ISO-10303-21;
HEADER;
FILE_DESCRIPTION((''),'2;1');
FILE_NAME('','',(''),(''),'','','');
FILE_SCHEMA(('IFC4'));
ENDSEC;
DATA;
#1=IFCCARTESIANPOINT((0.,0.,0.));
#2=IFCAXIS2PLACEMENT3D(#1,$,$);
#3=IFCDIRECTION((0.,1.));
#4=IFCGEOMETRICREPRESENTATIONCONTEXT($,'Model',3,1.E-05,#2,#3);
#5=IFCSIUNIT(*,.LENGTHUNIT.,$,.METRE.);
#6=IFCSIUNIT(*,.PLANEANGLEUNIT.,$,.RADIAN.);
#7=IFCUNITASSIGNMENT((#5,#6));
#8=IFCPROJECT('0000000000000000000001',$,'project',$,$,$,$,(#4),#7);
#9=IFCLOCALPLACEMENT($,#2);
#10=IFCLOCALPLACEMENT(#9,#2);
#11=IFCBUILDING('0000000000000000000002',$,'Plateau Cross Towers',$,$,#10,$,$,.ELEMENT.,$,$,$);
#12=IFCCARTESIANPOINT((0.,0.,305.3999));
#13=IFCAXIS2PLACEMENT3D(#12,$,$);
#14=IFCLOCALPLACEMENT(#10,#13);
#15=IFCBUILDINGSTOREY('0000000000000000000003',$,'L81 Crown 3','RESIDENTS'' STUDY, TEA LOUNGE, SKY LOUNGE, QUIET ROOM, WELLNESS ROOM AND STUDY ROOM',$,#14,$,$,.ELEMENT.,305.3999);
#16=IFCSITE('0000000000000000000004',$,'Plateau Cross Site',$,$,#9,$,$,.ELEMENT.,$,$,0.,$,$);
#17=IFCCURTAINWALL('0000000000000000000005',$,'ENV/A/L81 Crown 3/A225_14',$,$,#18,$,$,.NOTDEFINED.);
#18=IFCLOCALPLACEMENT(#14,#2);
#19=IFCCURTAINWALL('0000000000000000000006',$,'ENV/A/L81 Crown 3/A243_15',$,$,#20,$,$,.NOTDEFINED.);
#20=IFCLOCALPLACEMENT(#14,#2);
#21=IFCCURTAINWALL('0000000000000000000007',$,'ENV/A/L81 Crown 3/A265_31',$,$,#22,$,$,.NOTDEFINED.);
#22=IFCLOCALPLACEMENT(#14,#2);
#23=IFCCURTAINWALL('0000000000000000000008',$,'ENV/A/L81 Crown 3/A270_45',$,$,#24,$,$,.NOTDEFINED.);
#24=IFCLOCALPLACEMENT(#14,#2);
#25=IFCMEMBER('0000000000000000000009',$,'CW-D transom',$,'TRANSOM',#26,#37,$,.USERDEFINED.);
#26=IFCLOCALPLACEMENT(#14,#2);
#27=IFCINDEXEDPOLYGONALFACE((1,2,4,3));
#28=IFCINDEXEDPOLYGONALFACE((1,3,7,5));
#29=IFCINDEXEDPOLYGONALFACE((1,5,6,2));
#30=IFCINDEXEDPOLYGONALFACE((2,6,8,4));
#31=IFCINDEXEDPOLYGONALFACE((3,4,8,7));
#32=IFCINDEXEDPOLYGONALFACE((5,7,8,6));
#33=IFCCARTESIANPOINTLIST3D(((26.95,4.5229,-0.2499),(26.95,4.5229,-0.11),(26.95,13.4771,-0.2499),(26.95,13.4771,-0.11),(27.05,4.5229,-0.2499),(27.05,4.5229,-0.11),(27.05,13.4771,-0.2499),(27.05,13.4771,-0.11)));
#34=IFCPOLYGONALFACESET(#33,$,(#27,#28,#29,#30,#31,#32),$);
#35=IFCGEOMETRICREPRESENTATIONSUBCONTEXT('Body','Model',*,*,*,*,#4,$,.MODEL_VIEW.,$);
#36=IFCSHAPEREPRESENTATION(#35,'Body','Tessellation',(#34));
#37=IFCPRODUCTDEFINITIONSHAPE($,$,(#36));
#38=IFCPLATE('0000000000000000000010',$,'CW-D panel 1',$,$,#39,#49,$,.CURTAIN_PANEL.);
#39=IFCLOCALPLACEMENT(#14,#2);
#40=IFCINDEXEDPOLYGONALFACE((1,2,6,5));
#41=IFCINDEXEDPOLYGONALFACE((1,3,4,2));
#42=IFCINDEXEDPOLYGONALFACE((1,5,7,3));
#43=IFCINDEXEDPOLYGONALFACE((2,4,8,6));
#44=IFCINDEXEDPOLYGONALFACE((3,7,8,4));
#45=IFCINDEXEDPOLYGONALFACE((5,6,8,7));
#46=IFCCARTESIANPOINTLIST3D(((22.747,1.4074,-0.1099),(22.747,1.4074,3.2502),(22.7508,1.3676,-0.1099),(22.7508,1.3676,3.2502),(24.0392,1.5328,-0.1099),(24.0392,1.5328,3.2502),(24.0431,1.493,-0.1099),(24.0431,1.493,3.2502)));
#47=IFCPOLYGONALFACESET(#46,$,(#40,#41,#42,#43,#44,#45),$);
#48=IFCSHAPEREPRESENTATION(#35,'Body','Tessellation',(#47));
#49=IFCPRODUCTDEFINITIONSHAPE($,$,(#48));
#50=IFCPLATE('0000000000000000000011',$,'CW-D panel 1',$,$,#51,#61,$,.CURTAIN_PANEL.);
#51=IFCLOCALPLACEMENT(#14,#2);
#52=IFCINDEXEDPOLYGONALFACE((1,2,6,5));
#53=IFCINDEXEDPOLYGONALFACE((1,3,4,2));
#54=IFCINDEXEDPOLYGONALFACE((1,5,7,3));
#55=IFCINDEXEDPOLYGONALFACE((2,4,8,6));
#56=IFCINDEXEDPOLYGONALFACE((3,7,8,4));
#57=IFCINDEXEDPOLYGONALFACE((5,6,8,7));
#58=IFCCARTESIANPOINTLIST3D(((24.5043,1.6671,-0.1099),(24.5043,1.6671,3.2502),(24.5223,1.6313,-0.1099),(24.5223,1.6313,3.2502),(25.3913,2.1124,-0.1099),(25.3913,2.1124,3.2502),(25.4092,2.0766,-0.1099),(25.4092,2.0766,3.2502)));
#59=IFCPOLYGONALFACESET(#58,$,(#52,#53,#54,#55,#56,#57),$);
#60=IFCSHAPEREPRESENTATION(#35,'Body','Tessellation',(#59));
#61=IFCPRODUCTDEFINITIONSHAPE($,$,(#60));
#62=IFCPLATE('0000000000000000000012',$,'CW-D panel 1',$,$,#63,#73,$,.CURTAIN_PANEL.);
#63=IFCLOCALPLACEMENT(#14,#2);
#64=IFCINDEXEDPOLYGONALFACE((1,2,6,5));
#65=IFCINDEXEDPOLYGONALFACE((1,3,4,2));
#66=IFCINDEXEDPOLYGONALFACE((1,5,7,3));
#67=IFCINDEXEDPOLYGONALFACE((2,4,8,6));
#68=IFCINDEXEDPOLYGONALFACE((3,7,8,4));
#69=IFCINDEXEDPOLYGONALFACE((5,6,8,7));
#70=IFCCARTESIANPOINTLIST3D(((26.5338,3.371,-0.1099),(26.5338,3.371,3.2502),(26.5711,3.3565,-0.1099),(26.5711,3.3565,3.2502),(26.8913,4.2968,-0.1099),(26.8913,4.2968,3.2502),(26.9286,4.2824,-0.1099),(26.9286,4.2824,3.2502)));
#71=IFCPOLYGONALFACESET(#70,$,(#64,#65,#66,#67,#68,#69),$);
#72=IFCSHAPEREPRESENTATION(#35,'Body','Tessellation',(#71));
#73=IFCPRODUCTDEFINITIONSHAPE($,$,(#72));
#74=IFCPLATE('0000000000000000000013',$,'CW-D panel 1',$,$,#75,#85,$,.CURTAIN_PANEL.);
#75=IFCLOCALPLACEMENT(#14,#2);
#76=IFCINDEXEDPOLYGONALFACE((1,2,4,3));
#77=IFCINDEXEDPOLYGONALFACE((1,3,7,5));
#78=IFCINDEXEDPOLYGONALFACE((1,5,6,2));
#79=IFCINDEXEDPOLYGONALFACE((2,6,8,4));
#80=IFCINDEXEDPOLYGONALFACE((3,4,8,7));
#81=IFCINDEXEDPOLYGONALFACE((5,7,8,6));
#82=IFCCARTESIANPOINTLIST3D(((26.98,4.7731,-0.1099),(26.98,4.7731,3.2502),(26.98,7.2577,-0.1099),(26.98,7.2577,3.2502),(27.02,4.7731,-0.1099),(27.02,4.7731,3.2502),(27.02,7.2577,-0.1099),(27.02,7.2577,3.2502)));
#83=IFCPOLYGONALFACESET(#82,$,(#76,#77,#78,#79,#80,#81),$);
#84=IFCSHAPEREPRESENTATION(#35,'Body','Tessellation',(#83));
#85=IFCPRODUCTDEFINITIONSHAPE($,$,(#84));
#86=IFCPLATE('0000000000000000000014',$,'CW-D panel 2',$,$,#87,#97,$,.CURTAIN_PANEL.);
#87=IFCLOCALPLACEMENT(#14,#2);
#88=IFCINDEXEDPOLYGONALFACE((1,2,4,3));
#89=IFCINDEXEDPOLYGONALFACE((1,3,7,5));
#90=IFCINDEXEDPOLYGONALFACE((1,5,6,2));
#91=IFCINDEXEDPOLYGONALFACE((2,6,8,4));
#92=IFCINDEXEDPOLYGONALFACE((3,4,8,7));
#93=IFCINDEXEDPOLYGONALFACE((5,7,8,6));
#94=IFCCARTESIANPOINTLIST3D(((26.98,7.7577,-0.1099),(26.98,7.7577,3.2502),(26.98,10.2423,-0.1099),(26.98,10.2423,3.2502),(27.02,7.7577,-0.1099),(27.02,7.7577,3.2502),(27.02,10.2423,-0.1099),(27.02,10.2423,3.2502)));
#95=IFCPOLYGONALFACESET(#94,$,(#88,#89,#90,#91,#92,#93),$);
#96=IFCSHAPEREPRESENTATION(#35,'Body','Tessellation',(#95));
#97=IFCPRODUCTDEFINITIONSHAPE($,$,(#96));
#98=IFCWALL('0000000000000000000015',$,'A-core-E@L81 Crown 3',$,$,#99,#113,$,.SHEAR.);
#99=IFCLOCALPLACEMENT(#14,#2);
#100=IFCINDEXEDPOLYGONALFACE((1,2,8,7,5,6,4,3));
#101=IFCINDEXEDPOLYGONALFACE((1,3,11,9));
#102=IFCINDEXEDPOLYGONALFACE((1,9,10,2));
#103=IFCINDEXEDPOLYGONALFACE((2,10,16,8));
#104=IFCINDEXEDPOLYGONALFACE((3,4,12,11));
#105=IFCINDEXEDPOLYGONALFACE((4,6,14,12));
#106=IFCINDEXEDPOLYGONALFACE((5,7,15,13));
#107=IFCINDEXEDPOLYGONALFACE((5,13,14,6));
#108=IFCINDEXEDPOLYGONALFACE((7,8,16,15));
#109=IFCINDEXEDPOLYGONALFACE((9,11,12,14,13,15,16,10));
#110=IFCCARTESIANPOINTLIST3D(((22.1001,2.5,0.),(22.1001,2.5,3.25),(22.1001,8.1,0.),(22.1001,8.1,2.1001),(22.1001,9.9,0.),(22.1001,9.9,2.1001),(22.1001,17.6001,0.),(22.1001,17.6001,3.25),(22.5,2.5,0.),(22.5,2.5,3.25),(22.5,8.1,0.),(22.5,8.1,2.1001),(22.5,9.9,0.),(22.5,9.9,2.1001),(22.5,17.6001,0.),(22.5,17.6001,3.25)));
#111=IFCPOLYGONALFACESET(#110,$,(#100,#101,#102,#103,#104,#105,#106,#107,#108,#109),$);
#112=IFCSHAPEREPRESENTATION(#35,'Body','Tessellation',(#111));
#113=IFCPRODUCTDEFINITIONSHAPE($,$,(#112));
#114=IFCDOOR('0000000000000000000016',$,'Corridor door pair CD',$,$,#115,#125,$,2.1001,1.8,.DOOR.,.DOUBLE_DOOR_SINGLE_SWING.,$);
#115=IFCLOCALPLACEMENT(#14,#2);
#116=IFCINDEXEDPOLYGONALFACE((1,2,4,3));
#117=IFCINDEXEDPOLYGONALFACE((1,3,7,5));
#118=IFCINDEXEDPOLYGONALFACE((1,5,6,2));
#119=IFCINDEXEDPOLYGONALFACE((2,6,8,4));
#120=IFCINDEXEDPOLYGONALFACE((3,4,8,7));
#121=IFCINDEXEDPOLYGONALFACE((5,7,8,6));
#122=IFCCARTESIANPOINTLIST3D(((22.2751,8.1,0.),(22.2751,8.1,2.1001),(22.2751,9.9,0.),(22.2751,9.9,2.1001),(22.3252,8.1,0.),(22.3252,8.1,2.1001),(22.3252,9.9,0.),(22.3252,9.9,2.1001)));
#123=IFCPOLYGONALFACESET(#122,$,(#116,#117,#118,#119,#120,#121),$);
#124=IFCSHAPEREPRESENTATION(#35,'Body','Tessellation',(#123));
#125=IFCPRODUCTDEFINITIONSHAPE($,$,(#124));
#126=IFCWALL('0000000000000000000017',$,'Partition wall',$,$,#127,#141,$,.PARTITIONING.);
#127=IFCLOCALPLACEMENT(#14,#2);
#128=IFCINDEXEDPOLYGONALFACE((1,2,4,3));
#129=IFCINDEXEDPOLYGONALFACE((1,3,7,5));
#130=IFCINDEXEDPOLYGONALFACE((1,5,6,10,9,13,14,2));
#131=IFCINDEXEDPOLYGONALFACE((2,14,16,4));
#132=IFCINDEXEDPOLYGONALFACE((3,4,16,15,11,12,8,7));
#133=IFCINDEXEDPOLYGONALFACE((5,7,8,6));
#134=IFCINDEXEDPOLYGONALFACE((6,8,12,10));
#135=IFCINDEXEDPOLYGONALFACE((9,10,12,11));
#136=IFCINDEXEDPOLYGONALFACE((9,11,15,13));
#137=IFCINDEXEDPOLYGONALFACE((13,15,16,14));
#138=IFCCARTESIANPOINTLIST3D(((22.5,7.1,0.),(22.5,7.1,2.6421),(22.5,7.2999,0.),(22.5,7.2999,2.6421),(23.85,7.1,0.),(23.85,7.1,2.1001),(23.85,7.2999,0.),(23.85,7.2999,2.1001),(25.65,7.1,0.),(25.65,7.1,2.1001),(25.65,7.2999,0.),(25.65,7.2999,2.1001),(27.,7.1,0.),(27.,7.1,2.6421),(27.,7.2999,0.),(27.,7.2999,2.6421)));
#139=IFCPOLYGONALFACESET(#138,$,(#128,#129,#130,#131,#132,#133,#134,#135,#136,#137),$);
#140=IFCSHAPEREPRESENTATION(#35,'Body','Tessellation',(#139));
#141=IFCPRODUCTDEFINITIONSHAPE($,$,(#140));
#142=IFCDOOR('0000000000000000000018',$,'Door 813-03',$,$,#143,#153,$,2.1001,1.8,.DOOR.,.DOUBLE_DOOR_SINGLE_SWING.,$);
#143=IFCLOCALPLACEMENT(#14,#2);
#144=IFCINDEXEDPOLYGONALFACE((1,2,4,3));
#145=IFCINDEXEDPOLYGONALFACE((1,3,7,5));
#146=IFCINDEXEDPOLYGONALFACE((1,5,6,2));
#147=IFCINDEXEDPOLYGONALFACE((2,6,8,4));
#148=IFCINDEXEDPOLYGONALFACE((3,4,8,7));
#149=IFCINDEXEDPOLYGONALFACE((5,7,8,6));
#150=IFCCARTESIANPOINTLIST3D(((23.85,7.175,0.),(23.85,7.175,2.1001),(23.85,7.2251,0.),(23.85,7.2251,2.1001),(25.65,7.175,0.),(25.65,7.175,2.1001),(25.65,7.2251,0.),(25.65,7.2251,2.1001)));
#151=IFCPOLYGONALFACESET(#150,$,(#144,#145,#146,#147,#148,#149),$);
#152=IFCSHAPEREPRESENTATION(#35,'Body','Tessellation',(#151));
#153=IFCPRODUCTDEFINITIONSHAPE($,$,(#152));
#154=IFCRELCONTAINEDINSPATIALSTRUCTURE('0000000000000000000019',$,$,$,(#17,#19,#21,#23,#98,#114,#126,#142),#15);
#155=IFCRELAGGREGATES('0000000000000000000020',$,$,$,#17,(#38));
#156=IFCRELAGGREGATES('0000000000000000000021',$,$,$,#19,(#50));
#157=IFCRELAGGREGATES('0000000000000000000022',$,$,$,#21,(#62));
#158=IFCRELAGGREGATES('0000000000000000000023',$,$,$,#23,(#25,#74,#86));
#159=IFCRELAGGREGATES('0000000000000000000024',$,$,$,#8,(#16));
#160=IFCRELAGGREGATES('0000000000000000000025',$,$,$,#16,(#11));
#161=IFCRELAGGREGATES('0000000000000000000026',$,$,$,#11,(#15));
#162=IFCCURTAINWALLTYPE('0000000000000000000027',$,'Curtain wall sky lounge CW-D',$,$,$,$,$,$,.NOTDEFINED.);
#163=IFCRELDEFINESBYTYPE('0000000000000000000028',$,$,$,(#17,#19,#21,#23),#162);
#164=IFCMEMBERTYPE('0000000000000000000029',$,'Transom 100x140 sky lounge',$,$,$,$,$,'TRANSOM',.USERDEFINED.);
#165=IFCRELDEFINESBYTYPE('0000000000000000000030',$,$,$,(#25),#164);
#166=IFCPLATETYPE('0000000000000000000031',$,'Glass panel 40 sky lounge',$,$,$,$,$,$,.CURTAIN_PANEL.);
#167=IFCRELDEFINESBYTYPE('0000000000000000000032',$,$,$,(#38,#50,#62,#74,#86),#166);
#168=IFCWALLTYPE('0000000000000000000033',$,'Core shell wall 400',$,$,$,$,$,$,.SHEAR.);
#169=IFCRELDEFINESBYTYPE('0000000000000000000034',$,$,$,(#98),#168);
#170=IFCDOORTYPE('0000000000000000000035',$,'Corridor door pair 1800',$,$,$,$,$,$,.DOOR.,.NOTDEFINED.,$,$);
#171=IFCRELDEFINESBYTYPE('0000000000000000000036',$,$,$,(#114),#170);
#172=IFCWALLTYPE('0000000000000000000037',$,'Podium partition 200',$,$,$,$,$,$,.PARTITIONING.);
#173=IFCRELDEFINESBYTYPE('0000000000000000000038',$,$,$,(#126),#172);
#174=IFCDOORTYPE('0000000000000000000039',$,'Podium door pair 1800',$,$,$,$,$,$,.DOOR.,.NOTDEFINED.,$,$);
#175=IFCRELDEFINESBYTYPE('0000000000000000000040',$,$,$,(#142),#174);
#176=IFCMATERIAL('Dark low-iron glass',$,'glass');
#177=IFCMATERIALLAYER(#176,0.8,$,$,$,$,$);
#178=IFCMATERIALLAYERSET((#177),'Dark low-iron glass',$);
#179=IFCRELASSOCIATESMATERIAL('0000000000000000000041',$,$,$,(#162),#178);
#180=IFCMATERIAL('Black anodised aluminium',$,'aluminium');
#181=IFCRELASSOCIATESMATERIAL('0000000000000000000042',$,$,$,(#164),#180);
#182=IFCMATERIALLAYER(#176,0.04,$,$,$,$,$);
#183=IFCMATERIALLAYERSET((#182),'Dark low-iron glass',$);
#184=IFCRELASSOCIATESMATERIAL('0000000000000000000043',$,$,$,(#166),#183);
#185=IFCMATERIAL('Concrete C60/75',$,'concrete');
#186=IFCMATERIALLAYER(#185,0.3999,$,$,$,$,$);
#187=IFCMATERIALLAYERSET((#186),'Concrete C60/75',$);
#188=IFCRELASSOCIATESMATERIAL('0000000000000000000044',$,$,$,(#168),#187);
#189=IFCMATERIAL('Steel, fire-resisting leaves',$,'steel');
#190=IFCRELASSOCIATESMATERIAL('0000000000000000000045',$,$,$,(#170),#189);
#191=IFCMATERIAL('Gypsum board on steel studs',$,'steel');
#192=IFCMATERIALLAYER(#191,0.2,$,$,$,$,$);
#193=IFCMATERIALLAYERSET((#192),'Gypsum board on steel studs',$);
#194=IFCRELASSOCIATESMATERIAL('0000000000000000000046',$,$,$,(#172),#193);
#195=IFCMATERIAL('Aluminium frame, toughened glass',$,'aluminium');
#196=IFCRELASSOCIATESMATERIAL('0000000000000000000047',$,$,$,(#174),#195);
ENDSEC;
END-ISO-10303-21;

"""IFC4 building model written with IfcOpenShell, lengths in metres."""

from ifc_helpers import new_model, si_unit, direction, frame, frame_2d, origin, origin_2d, place, context, subcontext, project, spatial, rectangle, extrude, material, layer, layer_set, material_profile, profile_set, type_object, element, fill, aggregate, save


model = new_model("IFC4")

# Units and contexts
model_context = context("Model", 3, precision=1e-05, world=origin(), true_north=direction((0.0, 1.0)))
body_context = subcontext(model_context, "Body", "Model", "MODEL_VIEW")
ifc_project = project(units=[si_unit("LENGTHUNIT", "METRE"), si_unit("PLANEANGLEUNIT", "RADIAN")], contexts=[model_context])

# Site, building, storey
site_placement = place(None, origin())
site = spatial("IfcSite", under=ifc_project, at=site_placement, Name="Plateau Cross Site", CompositionType="ELEMENT", RefElevation=0.0)
building_placement = place(site_placement, origin())
building = spatial("IfcBuilding", under=site, at=building_placement, Name="Plateau Cross Towers", CompositionType="ELEMENT")
storey_placement = place(building_placement, frame((0.0, 0.0, 305.3999)))
storey = spatial("IfcBuildingStorey", under=building, at=storey_placement, Name="L81 Crown 3", Description="RESIDENTS' STUDY, TEA LOUNGE, SKY LOUNGE, QUIET ROOM, WELLNESS ROOM AND STUDY ROOM", CompositionType="ELEMENT", Elevation=305.3999)

# Shared definitions
ifc_material_1 = material(Name="Concrete C60/75", Category="concrete")

# Curtain wall
ifc_material_2 = material(Name="Dark low-iron glass", Category="glass")
ifc_layer_1 = layer(ifc_material_2, 0.8)
ifc_layer_set_1 = layer_set([ifc_layer_1], Name="Dark low-iron glass")
curtain_wall_type = type_object("IfcCurtainWallType", Name="Curtain wall sky lounge CW-D", PredefinedType="NOTDEFINED", material=ifc_layer_set_1)
curtain_wall_1_placement = place(storey_placement, origin())
curtain_wall_1 = element("IfcCurtainWall", 1, at=curtain_wall_1_placement, inside=storey, type_object=curtain_wall_type, Name="ENV/A/L81 Crown 3/A225_14", PredefinedType="NOTDEFINED")
ifc_material_3 = material(Name="Black anodised aluminium", Category="aluminium")

# Curtain wall
curtain_wall_2_placement = place(storey_placement, origin())
curtain_wall_2 = element("IfcCurtainWall", 2, at=curtain_wall_2_placement, inside=storey, type_object=curtain_wall_type, Name="ENV/A/L81 Crown 3/A243_15", PredefinedType="NOTDEFINED")

# Curtain wall
curtain_wall_3_placement = place(storey_placement, origin())
curtain_wall_3 = element("IfcCurtainWall", 3, at=curtain_wall_3_placement, inside=storey, type_object=curtain_wall_type, Name="ENV/A/L81 Crown 3/A265_31", PredefinedType="NOTDEFINED")

# Curtain wall
curtain_wall_4_placement = place(storey_placement, origin())
curtain_wall_4 = element("IfcCurtainWall", 4, at=curtain_wall_4_placement, inside=storey, type_object=curtain_wall_type, Name="ENV/A/L81 Crown 3/A270_45", PredefinedType="NOTDEFINED")

# Member
ifc_material_profile_1 = material_profile(ifc_material_3, rectangle(XDim=0.1001, YDim=0.1399, at=origin_2d()), Name="TRANSOM 100x140")
ifc_profile_set_1 = profile_set([ifc_material_profile_1], Name="Black anodised aluminium")
member_type_1 = type_object("IfcMemberType", Name="Transom 100x140 sky lounge", ElementType="TRANSOM", PredefinedType="USERDEFINED", material=ifc_profile_set_1)
member_1_placement = place(storey_placement, frame((27.0, 4.5229, -0.1799), z_axis=(0.0, 1.0, 0.0), x_axis=(-1.0, 0.0, 0.0)))
member_1 = element("IfcMember", 5, at=member_1_placement, type_object=member_type_1, Name="CW-D transom", ObjectType="TRANSOM", PredefinedType="USERDEFINED", context=body_context, shape_type="SweptSolid", body=[
    extrude(rectangle(XDim=0.1001, YDim=0.1399, at=origin_2d()), origin(), (0.0, 0.0, 1.0), 8.9541),
])

# Plates
ifc_layer_2 = layer(ifc_material_2, 0.04)
ifc_layer_set_2 = layer_set([ifc_layer_2], Name="Dark low-iron glass")
plate_type = type_object("IfcPlateType", Name="Glass panel 40 sky lounge", PredefinedType="CURTAIN_PANEL", material=ifc_layer_set_2)
plate_1_placement = place(storey_placement, frame((23.395, 1.4502, -0.1099), z_axis=(0.0, 0.0, 1.0), x_axis=(0.995323, 0.096606, 0.0)))
plate_1 = element("IfcPlate", 6, at=plate_1_placement, type_object=plate_type, Name="CW-D panel 1", PredefinedType="CURTAIN_PANEL", context=body_context, shape_type="SweptSolid", body=[
    extrude(rectangle(XDim=1.2983, YDim=0.04, at=origin_2d()), origin(), (0.0, 0.0, 1.0), 3.3601),
])
aggregate(curtain_wall_1, [plate_1])
plate_2_placement = place(storey_placement, frame((24.9568, 1.8718, -0.1099), z_axis=(0.0, 0.0, 1.0), x_axis=(0.893702, 0.448661, 0.0)))
plate_2 = element("IfcPlate", 7, at=plate_2_placement, type_object=plate_type, Name="CW-D panel 1", PredefinedType="CURTAIN_PANEL", context=body_context, shape_type="SweptSolid", body=[
    extrude(rectangle(XDim=0.9924, YDim=0.04, at=origin_2d()), origin(), (0.0, 0.0, 1.0), 3.3601),
])
aggregate(curtain_wall_2, [plate_2])
plate_3_placement = place(storey_placement, frame((26.7312, 3.8267, -0.1099), z_axis=(0.0, 0.0, 1.0), x_axis=(0.360226, 0.932865, 0.0)))
plate_3 = element("IfcPlate", 8, at=plate_3_placement, type_object=plate_type, Name="CW-D panel 1", PredefinedType="CURTAIN_PANEL", context=body_context, shape_type="SweptSolid", body=[
    extrude(rectangle(XDim=0.9924, YDim=0.04, at=origin_2d()), origin(), (0.0, 0.0, 1.0), 3.3601),
])
aggregate(curtain_wall_3, [plate_3])
plate_4_placement = place(storey_placement, frame((27.0, 6.0154, -0.1099), z_axis=(0.0, 0.0, 1.0), x_axis=(0.0, 1.0, 0.0)))
plate_4 = element("IfcPlate", 9, at=plate_4_placement, type_object=plate_type, Name="CW-D panel 1", PredefinedType="CURTAIN_PANEL", context=body_context, shape_type="SweptSolid", body=[
    extrude(rectangle(XDim=2.4846, YDim=0.04, at=origin_2d()), origin(), (0.0, 0.0, 1.0), 3.3601),
])
plate_5_placement = place(storey_placement, frame((27.0, 9.0, -0.1099), z_axis=(0.0, 0.0, 1.0), x_axis=(0.0, 1.0, 0.0)))
plate_5 = element("IfcPlate", 10, at=plate_5_placement, type_object=plate_type, Name="CW-D panel 2", PredefinedType="CURTAIN_PANEL", context=body_context, shape_type="SweptSolid", body=[
    extrude(rectangle(XDim=2.4846, YDim=0.04, at=origin_2d()), origin(), (0.0, 0.0, 1.0), 3.3601),
])
aggregate(curtain_wall_4, [member_1, plate_4, plate_5])

# Walls, openings, doors
ifc_layer_3 = layer(ifc_material_1, 0.3999)
ifc_layer_set_3 = layer_set([ifc_layer_3], Name="Concrete C60/75")
wall_type_1 = type_object("IfcWallType", Name="Core shell wall 400", PredefinedType="SHEAR", material=ifc_layer_set_3)
wall_1_placement = place(storey_placement, frame((22.3, 2.5, 0.0), z_axis=(0.0, 0.0, 1.0), x_axis=(0.0, 1.0, 0.0)))
wall_1 = element("IfcWall", 11, at=wall_1_placement, inside=storey, type_object=wall_type_1, Name="A-core-E@L81 Crown 3", PredefinedType="SHEAR", context=body_context, shape_type="SweptSolid", body=[
    extrude(rectangle(XDim=15.1001, YDim=0.3999, at=frame_2d((7.55, 0.0))), origin(), (0.0, 0.0, 1.0), 3.25),
])
opening_1_placement = place(wall_1_placement, frame((5.6001, 0.0, 0.0)))
opening_1 = element("IfcOpeningElement", 12, at=opening_1_placement, cuts=wall_1, PredefinedType="OPENING", context=body_context, shape_type="SweptSolid", body=[
    extrude(rectangle(XDim=1.8, YDim=2.1001, at=frame_2d((0.8999, 1.05))), frame((0.0, 0.21, 0.0), z_axis=(0.0, -1.0, 0.0), x_axis=(1.0, 0.0, 0.0)), (0.0, 0.0, 1.0), 0.4199),
])
ifc_material_4 = material(Name="Steel, fire-resisting leaves", Category="steel")
door_type_1 = type_object("IfcDoorType", Name="Corridor door pair 1800", OperationType="NOTDEFINED", PredefinedType="DOOR", material=ifc_material_4)
door_1_placement = place(opening_1_placement, origin())
door_1 = element("IfcDoor", 13, at=door_1_placement, inside=storey, type_object=door_type_1, Name="Corridor door pair CD", OperationType="DOUBLE_DOOR_SINGLE_SWING", OverallHeight=2.1001, OverallWidth=1.8, PredefinedType="DOOR", context=body_context, shape_type="SweptSolid", body=[
    extrude(rectangle(XDim=1.8, YDim=2.1001, at=frame_2d((0.8999, 1.05))), frame((0.0, 0.0249, 0.0), z_axis=(0.0, -1.0, 0.0), x_axis=(1.0, 0.0, 0.0)), (0.0, 0.0, 1.0), 0.05),
])
fill(opening_1, door_1)
ifc_material_5 = material(Name="Gypsum board on steel studs", Category="steel")
ifc_layer_4 = layer(ifc_material_5, 0.2)
ifc_layer_set_4 = layer_set([ifc_layer_4], Name="Gypsum board on steel studs")
wall_type_2 = type_object("IfcWallType", Name="Podium partition 200", PredefinedType="PARTITIONING", material=ifc_layer_set_4)
wall_2_placement = place(storey_placement, frame((27.0, 7.2, 0.0), z_axis=(0.0, 0.0, 1.0), x_axis=(-1.0, 0.0, 0.0)))
wall_2 = element("IfcWall", 14, at=wall_2_placement, inside=storey, type_object=wall_type_2, Name="Partition wall", PredefinedType="PARTITIONING", context=body_context, shape_type="SweptSolid", body=[
    extrude(rectangle(XDim=4.5, YDim=0.2, at=frame_2d((2.25, 0.0))), origin(), (0.0, 0.0, 1.0), 2.6421),
])
opening_2_placement = place(wall_2_placement, frame((1.3501, 0.0, 0.0)))
opening_2 = element("IfcOpeningElement", 15, at=opening_2_placement, cuts=wall_2, PredefinedType="OPENING", context=body_context, shape_type="SweptSolid", body=[
    extrude(rectangle(XDim=1.8, YDim=2.1001, at=frame_2d((0.8999, 1.05))), frame((0.0, 0.1099, 0.0), z_axis=(0.0, -1.0, 0.0), x_axis=(1.0, 0.0, 0.0)), (0.0, 0.0, 1.0), 0.22),
])
ifc_material_6 = material(Name="Aluminium frame, toughened glass", Category="aluminium")
door_type_2 = type_object("IfcDoorType", Name="Podium door pair 1800", OperationType="NOTDEFINED", PredefinedType="DOOR", material=ifc_material_6)
door_2_placement = place(opening_2_placement, origin())
door_2 = element("IfcDoor", 16, at=door_2_placement, inside=storey, type_object=door_type_2, Name="Door 813-03", OperationType="DOUBLE_DOOR_SINGLE_SWING", OverallHeight=2.1001, OverallWidth=1.8, PredefinedType="DOOR", context=body_context, shape_type="SweptSolid", body=[
    extrude(rectangle(XDim=1.8, YDim=2.1001, at=frame_2d((0.8999, 1.05))), frame((0.0, 0.0249, 0.0), z_axis=(0.0, -1.0, 0.0), x_axis=(1.0, 0.0, 0.0)), (0.0, 0.0, 1.0), 0.05),
])
fill(opening_2, door_2)

save(model, "model.ifc")
